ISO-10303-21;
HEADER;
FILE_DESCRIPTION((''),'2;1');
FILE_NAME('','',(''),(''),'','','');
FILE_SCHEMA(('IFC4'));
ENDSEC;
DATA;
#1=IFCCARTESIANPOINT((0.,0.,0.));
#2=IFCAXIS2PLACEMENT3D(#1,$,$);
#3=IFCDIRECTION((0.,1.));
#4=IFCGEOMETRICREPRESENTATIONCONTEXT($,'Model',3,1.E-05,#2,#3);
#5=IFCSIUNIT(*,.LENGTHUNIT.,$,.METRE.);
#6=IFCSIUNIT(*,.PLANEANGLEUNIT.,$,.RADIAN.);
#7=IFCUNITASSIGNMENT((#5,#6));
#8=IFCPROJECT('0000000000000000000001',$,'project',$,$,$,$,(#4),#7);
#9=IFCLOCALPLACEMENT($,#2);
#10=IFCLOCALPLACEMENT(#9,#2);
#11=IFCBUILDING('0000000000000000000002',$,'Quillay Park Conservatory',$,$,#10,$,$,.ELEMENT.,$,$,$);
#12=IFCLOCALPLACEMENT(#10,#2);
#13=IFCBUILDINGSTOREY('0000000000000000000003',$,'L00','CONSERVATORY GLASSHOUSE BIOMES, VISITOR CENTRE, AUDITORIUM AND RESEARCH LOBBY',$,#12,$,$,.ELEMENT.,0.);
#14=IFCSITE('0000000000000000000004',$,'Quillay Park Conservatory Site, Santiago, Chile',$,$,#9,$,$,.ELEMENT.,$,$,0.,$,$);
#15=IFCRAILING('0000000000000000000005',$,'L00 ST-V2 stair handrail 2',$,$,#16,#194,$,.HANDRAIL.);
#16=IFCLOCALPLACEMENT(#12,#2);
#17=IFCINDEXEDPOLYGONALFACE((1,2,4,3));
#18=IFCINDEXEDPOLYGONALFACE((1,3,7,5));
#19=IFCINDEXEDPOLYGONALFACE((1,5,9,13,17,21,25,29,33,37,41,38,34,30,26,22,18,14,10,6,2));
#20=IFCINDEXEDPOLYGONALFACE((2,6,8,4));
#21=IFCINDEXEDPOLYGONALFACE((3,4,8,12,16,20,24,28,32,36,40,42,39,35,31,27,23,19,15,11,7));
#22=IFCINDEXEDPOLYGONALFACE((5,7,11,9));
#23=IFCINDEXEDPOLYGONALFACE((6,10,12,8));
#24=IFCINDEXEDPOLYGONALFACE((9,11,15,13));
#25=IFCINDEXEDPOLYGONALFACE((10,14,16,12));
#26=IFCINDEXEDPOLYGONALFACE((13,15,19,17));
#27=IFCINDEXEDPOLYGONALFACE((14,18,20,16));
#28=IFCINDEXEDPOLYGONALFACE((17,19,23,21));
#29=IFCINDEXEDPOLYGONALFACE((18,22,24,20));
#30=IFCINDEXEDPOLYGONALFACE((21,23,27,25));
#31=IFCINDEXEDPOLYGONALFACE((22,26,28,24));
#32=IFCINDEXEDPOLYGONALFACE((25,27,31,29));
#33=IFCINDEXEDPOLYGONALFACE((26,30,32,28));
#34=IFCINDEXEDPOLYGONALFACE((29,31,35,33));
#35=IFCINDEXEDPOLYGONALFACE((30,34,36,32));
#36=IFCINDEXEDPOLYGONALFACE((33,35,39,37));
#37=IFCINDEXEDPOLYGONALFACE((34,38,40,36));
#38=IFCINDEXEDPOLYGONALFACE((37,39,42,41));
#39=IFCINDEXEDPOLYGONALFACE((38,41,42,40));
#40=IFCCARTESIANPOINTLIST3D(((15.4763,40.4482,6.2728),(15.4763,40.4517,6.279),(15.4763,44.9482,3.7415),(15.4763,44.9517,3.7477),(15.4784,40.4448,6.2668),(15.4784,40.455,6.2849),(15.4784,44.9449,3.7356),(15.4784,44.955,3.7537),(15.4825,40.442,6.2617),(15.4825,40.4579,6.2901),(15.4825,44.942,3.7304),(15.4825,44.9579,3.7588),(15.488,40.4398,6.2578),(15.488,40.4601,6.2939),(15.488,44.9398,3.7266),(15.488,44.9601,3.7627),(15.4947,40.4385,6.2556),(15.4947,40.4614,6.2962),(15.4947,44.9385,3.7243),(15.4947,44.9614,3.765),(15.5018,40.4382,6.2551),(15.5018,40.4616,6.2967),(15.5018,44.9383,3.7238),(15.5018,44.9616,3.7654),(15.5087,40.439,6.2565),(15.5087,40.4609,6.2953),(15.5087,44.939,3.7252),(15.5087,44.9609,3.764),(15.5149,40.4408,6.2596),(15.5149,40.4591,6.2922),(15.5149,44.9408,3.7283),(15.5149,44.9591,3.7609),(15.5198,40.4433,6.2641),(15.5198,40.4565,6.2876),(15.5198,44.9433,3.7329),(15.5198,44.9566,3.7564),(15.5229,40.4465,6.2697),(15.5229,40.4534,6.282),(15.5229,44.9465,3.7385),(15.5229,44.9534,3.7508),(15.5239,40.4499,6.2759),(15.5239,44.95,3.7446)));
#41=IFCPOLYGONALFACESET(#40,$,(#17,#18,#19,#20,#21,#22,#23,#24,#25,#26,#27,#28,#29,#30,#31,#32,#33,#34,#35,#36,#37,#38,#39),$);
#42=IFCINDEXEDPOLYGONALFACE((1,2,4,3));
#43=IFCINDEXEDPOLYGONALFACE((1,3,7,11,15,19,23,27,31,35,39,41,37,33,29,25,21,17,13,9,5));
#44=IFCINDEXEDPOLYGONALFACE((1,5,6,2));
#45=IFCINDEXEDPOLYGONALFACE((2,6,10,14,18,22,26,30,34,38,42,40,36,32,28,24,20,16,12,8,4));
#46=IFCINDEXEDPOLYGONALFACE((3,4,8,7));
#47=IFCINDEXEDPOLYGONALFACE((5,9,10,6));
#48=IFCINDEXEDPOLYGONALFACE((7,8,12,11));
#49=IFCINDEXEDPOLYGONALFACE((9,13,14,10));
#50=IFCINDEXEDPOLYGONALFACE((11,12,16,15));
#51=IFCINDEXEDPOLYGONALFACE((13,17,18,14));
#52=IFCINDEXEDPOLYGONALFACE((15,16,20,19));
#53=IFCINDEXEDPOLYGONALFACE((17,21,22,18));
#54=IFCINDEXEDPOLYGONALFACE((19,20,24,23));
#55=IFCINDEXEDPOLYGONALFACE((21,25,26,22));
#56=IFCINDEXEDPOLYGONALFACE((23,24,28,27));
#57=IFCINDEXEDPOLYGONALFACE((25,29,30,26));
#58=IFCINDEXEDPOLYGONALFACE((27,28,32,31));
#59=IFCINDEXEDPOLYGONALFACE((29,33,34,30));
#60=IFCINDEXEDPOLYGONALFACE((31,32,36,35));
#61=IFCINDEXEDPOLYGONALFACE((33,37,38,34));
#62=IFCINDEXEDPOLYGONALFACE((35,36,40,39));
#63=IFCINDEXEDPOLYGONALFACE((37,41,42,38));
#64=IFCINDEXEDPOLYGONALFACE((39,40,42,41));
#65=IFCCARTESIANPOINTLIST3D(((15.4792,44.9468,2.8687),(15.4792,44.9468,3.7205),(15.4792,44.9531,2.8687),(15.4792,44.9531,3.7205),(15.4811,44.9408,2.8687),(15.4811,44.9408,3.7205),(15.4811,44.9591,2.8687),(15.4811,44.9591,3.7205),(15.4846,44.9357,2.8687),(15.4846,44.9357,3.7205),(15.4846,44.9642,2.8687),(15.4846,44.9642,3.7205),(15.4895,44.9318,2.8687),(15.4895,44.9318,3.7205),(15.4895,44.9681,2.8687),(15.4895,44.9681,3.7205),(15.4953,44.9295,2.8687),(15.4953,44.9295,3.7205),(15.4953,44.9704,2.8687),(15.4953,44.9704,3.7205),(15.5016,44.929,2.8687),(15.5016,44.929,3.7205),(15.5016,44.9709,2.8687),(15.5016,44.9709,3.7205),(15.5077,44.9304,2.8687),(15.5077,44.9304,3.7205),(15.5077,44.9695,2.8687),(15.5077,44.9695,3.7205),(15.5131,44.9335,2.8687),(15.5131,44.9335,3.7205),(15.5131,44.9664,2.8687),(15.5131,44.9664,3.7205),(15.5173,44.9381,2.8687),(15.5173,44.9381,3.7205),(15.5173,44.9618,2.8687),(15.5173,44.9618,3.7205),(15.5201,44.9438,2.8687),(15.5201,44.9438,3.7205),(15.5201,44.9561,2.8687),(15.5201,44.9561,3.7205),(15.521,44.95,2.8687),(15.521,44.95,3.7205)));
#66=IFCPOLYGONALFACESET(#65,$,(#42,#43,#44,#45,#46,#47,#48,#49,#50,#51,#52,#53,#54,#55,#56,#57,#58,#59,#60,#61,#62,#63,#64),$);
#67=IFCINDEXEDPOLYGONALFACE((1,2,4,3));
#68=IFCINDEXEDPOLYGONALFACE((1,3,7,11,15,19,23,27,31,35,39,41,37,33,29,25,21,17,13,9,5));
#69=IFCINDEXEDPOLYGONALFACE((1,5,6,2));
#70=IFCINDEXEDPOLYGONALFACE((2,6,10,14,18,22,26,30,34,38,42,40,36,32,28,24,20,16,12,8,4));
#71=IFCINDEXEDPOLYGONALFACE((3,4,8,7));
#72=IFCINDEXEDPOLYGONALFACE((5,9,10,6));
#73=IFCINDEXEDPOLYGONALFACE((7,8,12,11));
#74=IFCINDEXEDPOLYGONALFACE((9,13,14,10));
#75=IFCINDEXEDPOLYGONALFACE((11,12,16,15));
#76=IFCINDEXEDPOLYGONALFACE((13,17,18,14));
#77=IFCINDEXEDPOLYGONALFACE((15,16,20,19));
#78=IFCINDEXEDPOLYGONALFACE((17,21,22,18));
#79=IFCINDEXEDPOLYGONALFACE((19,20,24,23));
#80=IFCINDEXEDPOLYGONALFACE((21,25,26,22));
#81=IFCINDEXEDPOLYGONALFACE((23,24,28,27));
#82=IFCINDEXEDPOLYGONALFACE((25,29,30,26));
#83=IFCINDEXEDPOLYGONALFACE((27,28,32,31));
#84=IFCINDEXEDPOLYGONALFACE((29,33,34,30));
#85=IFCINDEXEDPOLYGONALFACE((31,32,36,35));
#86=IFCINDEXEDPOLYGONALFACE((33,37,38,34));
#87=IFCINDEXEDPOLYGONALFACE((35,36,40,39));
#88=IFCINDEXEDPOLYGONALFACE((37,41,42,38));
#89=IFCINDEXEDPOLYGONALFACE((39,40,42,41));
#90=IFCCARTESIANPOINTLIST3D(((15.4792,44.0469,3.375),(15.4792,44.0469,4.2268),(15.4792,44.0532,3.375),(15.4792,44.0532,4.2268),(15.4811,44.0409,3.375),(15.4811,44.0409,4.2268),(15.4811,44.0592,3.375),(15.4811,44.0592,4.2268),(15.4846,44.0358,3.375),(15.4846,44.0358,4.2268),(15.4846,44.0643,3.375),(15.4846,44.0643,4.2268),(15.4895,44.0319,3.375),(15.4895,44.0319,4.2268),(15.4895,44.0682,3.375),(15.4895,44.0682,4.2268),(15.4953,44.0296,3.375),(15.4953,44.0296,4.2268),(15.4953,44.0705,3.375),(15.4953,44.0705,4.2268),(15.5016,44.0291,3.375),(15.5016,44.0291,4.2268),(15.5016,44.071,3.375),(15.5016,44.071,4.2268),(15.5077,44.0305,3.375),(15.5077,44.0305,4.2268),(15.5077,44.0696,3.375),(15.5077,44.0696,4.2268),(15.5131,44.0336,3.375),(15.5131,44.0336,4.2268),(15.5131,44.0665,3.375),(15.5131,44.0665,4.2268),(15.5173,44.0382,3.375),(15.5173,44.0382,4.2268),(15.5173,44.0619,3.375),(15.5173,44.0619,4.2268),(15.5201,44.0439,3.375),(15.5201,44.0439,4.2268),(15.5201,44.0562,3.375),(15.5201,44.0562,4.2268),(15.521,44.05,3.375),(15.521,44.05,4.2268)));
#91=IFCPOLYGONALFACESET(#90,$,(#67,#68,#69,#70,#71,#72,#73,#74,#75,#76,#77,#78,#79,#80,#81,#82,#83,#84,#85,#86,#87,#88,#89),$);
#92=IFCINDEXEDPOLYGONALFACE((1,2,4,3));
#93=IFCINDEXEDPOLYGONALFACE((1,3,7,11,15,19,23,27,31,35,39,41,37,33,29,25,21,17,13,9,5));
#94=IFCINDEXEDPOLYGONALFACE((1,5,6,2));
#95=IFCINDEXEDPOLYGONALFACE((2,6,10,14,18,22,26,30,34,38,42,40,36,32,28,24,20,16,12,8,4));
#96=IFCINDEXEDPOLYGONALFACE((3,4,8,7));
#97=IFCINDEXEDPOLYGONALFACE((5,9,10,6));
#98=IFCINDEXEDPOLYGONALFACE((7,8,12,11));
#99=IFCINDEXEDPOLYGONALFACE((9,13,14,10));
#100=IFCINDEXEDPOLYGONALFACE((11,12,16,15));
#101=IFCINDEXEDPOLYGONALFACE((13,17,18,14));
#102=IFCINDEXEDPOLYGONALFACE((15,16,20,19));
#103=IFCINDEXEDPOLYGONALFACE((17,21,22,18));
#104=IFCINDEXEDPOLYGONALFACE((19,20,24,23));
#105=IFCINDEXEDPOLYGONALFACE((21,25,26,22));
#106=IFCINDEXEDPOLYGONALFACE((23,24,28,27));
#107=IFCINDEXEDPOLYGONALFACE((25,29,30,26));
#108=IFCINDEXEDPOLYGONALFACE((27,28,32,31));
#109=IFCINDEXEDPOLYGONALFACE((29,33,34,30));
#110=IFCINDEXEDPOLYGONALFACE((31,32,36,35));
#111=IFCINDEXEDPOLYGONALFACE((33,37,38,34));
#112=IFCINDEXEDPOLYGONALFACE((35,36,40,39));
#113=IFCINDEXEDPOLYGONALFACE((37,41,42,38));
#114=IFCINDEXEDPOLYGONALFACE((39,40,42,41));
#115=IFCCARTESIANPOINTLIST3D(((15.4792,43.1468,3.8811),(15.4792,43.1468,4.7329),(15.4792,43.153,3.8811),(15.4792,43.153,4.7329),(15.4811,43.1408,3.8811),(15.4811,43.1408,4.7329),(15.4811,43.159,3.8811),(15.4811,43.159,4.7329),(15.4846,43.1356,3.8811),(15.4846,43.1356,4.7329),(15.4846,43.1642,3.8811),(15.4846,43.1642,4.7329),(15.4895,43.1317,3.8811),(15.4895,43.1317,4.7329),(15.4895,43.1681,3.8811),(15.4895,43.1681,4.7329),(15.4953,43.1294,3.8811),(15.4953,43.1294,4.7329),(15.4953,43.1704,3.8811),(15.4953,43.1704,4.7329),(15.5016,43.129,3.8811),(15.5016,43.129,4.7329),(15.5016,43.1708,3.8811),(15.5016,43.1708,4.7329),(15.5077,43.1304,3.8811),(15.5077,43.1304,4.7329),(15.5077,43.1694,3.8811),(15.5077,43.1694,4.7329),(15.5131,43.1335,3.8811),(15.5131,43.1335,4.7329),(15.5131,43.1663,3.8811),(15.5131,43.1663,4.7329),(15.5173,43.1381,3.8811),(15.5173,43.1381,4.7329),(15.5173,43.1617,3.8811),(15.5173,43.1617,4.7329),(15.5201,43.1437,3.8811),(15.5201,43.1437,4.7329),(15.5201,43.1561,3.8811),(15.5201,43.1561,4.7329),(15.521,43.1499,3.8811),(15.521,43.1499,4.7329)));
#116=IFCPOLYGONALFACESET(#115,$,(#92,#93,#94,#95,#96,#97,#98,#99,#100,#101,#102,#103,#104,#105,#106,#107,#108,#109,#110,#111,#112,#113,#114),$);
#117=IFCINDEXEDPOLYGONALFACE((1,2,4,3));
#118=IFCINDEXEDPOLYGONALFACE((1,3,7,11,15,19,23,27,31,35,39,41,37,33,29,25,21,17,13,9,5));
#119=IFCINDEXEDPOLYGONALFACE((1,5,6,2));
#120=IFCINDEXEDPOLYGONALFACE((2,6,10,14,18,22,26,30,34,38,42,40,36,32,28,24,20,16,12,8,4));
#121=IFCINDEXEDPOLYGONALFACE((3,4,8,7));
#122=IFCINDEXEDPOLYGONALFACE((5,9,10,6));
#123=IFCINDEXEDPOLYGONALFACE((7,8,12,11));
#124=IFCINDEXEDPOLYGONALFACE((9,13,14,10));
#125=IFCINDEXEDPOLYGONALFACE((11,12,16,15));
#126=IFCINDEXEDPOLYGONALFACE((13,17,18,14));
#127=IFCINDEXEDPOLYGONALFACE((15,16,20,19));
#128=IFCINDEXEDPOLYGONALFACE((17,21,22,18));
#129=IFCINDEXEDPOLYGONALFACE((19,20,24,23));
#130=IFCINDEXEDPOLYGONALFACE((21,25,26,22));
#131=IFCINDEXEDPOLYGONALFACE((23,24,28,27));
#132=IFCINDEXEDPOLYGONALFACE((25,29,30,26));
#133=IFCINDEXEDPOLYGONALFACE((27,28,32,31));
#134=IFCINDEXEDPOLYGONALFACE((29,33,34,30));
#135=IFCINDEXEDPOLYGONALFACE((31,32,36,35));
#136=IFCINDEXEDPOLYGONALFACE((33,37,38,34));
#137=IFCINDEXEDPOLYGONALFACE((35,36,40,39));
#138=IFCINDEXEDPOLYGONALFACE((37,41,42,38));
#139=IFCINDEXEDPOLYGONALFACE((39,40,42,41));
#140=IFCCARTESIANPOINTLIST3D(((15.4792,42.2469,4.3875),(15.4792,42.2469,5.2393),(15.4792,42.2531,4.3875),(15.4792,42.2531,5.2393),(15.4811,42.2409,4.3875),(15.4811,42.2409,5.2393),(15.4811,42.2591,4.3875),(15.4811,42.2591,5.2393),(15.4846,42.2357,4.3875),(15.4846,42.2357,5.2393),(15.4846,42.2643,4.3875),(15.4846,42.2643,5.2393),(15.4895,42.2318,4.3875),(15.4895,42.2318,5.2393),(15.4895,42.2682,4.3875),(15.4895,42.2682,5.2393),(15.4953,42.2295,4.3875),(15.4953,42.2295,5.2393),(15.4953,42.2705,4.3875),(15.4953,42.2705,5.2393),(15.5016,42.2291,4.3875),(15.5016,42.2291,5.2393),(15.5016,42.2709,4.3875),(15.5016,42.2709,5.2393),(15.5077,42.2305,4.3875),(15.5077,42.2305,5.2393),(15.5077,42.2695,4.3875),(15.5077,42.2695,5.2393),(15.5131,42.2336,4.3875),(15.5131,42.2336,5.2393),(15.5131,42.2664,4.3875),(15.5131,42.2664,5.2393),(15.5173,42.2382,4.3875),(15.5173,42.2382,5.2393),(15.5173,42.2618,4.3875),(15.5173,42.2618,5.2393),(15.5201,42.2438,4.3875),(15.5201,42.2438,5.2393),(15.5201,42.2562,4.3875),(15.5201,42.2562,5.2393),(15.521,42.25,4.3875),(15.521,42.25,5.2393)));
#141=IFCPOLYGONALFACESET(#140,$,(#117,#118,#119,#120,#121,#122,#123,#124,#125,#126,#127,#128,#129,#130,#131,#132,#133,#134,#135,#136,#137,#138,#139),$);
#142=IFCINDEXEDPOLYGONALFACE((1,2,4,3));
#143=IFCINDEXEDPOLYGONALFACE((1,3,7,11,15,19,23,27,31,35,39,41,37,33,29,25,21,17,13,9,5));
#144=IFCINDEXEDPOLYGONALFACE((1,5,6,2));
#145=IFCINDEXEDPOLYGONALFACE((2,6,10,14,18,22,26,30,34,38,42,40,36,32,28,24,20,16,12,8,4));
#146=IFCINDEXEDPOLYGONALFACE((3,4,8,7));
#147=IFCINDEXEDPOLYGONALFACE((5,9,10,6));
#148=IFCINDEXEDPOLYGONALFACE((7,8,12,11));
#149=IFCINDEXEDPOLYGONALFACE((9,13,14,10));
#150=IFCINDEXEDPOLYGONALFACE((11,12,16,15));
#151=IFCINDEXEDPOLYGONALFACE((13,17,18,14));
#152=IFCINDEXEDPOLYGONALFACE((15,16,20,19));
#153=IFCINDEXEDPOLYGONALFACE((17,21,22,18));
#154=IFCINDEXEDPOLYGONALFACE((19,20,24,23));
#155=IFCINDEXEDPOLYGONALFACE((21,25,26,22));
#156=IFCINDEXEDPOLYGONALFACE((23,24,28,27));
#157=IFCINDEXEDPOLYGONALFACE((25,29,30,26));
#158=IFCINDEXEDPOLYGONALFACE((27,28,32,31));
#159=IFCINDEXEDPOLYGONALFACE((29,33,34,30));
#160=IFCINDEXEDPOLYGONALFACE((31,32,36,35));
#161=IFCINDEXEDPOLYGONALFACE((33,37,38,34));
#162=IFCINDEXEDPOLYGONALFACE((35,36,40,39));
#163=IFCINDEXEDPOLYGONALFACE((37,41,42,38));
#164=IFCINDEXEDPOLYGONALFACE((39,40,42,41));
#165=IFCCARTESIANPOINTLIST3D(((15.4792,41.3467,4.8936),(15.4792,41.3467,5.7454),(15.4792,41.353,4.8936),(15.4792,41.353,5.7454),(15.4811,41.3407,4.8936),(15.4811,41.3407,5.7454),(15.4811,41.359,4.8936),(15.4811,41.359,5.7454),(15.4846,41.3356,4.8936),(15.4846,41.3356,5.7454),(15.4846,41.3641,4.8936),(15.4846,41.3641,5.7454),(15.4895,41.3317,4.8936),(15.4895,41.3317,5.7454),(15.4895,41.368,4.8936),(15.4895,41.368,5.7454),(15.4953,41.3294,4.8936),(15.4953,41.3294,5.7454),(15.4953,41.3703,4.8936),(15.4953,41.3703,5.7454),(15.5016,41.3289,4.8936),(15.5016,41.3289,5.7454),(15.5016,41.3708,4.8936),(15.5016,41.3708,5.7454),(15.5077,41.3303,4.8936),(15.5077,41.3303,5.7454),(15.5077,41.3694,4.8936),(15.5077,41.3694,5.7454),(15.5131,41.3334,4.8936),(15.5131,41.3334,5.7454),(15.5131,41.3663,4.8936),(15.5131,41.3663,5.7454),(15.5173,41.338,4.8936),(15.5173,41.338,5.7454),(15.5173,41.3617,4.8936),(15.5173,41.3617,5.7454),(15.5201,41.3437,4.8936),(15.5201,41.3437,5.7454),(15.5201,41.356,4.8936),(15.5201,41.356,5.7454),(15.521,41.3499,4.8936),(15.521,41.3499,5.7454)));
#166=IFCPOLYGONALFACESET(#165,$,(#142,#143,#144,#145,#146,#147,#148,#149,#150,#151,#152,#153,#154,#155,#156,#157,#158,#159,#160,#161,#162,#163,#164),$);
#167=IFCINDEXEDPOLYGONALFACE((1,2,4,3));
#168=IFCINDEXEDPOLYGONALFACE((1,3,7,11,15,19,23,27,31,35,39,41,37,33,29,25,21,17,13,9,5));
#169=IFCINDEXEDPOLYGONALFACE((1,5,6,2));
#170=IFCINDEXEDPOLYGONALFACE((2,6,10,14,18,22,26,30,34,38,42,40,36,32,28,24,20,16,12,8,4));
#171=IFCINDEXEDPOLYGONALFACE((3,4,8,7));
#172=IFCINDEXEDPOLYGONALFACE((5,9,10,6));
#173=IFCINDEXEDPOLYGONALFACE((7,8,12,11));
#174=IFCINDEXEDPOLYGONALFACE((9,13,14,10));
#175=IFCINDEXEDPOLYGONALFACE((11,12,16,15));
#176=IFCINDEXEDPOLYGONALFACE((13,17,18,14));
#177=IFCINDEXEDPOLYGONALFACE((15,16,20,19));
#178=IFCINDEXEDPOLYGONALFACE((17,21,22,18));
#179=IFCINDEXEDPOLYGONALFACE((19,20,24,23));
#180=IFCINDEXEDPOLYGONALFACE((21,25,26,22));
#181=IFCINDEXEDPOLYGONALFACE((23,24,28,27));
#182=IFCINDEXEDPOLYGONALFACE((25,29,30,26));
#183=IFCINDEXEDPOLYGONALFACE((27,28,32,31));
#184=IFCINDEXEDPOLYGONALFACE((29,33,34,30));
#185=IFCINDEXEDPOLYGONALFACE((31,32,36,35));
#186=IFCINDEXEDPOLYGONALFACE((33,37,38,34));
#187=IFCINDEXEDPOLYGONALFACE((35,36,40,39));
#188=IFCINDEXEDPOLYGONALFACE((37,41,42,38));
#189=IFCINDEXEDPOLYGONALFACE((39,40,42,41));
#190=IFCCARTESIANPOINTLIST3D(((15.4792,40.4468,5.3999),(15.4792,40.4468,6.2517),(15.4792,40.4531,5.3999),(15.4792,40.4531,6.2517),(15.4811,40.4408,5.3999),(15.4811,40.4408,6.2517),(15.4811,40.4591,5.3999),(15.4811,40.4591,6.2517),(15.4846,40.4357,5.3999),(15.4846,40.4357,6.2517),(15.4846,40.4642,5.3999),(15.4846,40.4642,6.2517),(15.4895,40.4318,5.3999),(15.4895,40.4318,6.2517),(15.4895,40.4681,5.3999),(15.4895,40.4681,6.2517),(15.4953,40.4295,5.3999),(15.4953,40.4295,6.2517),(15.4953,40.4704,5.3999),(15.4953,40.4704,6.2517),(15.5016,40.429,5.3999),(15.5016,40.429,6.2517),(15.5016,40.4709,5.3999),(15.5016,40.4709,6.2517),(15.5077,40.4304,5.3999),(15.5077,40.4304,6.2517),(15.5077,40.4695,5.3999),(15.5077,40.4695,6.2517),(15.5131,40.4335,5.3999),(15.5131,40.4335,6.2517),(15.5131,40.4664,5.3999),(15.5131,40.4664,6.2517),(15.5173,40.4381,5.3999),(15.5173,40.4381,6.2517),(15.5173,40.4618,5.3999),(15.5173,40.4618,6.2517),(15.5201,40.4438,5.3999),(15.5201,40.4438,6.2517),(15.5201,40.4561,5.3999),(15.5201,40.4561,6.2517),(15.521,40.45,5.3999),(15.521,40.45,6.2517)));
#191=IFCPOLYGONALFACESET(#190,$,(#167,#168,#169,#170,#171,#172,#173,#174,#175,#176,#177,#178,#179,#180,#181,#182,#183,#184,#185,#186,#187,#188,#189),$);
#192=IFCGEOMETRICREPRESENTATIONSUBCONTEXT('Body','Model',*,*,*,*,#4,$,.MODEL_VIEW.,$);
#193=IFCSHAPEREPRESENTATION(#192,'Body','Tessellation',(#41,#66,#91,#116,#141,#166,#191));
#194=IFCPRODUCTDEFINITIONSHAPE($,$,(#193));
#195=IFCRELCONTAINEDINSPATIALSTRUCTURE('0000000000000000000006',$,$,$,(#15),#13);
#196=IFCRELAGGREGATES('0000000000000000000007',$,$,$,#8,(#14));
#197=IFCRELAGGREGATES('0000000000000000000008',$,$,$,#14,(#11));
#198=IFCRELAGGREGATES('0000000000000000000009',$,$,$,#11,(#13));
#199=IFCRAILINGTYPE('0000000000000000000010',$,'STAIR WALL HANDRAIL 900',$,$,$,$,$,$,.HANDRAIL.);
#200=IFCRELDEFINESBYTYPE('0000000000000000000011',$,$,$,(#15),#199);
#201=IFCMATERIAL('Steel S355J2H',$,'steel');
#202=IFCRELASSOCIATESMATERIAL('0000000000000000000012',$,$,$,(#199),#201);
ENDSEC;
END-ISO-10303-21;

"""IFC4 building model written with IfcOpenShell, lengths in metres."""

from ifc_helpers import new_model, si_unit, direction, frame, origin, origin_2d, place, context, subcontext, project, spatial, circle, extrude, material, type_object, element, save


model = new_model("IFC4")

# Units and contexts
model_context = context("Model", 3, precision=1e-05, world=origin(), true_north=direction((0.0, 1.0)))
body_context = subcontext(model_context, "Body", "Model", "MODEL_VIEW")
ifc_project = project(units=[si_unit("LENGTHUNIT", "METRE"), si_unit("PLANEANGLEUNIT", "RADIAN")], contexts=[model_context])

# Site, building, storey
site_placement = place(None, origin())
site = spatial("IfcSite", under=ifc_project, at=site_placement, Name="Quillay Park Conservatory Site, Santiago, Chile", CompositionType="ELEMENT", RefElevation=0.0)
building_placement = place(site_placement, origin())
building = spatial("IfcBuilding", under=site, at=building_placement, Name="Quillay Park Conservatory", CompositionType="ELEMENT")
storey_placement = place(building_placement, origin())
storey = spatial("IfcBuildingStorey", under=building, at=storey_placement, Name="L00", Description="CONSERVATORY GLASSHOUSE BIOMES, VISITOR CENTRE, AUDITORIUM AND RESEARCH LOBBY", CompositionType="ELEMENT", Elevation=0.0)

# Railing
ifc_material_1 = material(Name="Steel S355J2H", Category="steel")
railing_type_1 = type_object("IfcRailingType", Name="STAIR WALL HANDRAIL 900", PredefinedType="HANDRAIL", material=ifc_material_1)
railing_1_placement = place(storey_placement, frame((15.5, 44.95, 2.8687)))
element("IfcRailing", 1, at=railing_1_placement, inside=storey, type_object=railing_type_1, Name="L00 ST-V2 stair handrail 2", PredefinedType="HANDRAIL", context=body_context, shape_type="SweptSolid", body=[
    extrude(circle(Radius=0.0239, at=origin_2d()), frame((0.0, 0.0, 0.876), z_axis=(0.0, -0.871576, 0.490261), x_axis=(1.0, 0.0, 0.0)), (0.0, 0.0, 1.0), 5.1631),
    extrude(circle(Radius=0.021, at=origin_2d()), origin(), (0.0, 0.0, 1.0), 0.8518),
    extrude(circle(Radius=0.021, at=origin_2d()), frame((0.0, -0.8999, 0.5063)), (0.0, 0.0, 1.0), 0.8518),
    extrude(circle(Radius=0.021, at=origin_2d()), frame((0.0, -1.8, 1.0125)), (0.0, 0.0, 1.0), 0.8518),
    extrude(circle(Radius=0.021, at=origin_2d()), frame((0.0, -2.7, 1.5188)), (0.0, 0.0, 1.0), 0.8518),
    extrude(circle(Radius=0.021, at=origin_2d()), frame((0.0, -3.6001, 2.0249)), (0.0, 0.0, 1.0), 0.8518),
    extrude(circle(Radius=0.021, at=origin_2d()), frame((0.0, -4.5, 2.5312)), (0.0, 0.0, 1.0), 0.8518),
])

save(model, "model.ifc")
